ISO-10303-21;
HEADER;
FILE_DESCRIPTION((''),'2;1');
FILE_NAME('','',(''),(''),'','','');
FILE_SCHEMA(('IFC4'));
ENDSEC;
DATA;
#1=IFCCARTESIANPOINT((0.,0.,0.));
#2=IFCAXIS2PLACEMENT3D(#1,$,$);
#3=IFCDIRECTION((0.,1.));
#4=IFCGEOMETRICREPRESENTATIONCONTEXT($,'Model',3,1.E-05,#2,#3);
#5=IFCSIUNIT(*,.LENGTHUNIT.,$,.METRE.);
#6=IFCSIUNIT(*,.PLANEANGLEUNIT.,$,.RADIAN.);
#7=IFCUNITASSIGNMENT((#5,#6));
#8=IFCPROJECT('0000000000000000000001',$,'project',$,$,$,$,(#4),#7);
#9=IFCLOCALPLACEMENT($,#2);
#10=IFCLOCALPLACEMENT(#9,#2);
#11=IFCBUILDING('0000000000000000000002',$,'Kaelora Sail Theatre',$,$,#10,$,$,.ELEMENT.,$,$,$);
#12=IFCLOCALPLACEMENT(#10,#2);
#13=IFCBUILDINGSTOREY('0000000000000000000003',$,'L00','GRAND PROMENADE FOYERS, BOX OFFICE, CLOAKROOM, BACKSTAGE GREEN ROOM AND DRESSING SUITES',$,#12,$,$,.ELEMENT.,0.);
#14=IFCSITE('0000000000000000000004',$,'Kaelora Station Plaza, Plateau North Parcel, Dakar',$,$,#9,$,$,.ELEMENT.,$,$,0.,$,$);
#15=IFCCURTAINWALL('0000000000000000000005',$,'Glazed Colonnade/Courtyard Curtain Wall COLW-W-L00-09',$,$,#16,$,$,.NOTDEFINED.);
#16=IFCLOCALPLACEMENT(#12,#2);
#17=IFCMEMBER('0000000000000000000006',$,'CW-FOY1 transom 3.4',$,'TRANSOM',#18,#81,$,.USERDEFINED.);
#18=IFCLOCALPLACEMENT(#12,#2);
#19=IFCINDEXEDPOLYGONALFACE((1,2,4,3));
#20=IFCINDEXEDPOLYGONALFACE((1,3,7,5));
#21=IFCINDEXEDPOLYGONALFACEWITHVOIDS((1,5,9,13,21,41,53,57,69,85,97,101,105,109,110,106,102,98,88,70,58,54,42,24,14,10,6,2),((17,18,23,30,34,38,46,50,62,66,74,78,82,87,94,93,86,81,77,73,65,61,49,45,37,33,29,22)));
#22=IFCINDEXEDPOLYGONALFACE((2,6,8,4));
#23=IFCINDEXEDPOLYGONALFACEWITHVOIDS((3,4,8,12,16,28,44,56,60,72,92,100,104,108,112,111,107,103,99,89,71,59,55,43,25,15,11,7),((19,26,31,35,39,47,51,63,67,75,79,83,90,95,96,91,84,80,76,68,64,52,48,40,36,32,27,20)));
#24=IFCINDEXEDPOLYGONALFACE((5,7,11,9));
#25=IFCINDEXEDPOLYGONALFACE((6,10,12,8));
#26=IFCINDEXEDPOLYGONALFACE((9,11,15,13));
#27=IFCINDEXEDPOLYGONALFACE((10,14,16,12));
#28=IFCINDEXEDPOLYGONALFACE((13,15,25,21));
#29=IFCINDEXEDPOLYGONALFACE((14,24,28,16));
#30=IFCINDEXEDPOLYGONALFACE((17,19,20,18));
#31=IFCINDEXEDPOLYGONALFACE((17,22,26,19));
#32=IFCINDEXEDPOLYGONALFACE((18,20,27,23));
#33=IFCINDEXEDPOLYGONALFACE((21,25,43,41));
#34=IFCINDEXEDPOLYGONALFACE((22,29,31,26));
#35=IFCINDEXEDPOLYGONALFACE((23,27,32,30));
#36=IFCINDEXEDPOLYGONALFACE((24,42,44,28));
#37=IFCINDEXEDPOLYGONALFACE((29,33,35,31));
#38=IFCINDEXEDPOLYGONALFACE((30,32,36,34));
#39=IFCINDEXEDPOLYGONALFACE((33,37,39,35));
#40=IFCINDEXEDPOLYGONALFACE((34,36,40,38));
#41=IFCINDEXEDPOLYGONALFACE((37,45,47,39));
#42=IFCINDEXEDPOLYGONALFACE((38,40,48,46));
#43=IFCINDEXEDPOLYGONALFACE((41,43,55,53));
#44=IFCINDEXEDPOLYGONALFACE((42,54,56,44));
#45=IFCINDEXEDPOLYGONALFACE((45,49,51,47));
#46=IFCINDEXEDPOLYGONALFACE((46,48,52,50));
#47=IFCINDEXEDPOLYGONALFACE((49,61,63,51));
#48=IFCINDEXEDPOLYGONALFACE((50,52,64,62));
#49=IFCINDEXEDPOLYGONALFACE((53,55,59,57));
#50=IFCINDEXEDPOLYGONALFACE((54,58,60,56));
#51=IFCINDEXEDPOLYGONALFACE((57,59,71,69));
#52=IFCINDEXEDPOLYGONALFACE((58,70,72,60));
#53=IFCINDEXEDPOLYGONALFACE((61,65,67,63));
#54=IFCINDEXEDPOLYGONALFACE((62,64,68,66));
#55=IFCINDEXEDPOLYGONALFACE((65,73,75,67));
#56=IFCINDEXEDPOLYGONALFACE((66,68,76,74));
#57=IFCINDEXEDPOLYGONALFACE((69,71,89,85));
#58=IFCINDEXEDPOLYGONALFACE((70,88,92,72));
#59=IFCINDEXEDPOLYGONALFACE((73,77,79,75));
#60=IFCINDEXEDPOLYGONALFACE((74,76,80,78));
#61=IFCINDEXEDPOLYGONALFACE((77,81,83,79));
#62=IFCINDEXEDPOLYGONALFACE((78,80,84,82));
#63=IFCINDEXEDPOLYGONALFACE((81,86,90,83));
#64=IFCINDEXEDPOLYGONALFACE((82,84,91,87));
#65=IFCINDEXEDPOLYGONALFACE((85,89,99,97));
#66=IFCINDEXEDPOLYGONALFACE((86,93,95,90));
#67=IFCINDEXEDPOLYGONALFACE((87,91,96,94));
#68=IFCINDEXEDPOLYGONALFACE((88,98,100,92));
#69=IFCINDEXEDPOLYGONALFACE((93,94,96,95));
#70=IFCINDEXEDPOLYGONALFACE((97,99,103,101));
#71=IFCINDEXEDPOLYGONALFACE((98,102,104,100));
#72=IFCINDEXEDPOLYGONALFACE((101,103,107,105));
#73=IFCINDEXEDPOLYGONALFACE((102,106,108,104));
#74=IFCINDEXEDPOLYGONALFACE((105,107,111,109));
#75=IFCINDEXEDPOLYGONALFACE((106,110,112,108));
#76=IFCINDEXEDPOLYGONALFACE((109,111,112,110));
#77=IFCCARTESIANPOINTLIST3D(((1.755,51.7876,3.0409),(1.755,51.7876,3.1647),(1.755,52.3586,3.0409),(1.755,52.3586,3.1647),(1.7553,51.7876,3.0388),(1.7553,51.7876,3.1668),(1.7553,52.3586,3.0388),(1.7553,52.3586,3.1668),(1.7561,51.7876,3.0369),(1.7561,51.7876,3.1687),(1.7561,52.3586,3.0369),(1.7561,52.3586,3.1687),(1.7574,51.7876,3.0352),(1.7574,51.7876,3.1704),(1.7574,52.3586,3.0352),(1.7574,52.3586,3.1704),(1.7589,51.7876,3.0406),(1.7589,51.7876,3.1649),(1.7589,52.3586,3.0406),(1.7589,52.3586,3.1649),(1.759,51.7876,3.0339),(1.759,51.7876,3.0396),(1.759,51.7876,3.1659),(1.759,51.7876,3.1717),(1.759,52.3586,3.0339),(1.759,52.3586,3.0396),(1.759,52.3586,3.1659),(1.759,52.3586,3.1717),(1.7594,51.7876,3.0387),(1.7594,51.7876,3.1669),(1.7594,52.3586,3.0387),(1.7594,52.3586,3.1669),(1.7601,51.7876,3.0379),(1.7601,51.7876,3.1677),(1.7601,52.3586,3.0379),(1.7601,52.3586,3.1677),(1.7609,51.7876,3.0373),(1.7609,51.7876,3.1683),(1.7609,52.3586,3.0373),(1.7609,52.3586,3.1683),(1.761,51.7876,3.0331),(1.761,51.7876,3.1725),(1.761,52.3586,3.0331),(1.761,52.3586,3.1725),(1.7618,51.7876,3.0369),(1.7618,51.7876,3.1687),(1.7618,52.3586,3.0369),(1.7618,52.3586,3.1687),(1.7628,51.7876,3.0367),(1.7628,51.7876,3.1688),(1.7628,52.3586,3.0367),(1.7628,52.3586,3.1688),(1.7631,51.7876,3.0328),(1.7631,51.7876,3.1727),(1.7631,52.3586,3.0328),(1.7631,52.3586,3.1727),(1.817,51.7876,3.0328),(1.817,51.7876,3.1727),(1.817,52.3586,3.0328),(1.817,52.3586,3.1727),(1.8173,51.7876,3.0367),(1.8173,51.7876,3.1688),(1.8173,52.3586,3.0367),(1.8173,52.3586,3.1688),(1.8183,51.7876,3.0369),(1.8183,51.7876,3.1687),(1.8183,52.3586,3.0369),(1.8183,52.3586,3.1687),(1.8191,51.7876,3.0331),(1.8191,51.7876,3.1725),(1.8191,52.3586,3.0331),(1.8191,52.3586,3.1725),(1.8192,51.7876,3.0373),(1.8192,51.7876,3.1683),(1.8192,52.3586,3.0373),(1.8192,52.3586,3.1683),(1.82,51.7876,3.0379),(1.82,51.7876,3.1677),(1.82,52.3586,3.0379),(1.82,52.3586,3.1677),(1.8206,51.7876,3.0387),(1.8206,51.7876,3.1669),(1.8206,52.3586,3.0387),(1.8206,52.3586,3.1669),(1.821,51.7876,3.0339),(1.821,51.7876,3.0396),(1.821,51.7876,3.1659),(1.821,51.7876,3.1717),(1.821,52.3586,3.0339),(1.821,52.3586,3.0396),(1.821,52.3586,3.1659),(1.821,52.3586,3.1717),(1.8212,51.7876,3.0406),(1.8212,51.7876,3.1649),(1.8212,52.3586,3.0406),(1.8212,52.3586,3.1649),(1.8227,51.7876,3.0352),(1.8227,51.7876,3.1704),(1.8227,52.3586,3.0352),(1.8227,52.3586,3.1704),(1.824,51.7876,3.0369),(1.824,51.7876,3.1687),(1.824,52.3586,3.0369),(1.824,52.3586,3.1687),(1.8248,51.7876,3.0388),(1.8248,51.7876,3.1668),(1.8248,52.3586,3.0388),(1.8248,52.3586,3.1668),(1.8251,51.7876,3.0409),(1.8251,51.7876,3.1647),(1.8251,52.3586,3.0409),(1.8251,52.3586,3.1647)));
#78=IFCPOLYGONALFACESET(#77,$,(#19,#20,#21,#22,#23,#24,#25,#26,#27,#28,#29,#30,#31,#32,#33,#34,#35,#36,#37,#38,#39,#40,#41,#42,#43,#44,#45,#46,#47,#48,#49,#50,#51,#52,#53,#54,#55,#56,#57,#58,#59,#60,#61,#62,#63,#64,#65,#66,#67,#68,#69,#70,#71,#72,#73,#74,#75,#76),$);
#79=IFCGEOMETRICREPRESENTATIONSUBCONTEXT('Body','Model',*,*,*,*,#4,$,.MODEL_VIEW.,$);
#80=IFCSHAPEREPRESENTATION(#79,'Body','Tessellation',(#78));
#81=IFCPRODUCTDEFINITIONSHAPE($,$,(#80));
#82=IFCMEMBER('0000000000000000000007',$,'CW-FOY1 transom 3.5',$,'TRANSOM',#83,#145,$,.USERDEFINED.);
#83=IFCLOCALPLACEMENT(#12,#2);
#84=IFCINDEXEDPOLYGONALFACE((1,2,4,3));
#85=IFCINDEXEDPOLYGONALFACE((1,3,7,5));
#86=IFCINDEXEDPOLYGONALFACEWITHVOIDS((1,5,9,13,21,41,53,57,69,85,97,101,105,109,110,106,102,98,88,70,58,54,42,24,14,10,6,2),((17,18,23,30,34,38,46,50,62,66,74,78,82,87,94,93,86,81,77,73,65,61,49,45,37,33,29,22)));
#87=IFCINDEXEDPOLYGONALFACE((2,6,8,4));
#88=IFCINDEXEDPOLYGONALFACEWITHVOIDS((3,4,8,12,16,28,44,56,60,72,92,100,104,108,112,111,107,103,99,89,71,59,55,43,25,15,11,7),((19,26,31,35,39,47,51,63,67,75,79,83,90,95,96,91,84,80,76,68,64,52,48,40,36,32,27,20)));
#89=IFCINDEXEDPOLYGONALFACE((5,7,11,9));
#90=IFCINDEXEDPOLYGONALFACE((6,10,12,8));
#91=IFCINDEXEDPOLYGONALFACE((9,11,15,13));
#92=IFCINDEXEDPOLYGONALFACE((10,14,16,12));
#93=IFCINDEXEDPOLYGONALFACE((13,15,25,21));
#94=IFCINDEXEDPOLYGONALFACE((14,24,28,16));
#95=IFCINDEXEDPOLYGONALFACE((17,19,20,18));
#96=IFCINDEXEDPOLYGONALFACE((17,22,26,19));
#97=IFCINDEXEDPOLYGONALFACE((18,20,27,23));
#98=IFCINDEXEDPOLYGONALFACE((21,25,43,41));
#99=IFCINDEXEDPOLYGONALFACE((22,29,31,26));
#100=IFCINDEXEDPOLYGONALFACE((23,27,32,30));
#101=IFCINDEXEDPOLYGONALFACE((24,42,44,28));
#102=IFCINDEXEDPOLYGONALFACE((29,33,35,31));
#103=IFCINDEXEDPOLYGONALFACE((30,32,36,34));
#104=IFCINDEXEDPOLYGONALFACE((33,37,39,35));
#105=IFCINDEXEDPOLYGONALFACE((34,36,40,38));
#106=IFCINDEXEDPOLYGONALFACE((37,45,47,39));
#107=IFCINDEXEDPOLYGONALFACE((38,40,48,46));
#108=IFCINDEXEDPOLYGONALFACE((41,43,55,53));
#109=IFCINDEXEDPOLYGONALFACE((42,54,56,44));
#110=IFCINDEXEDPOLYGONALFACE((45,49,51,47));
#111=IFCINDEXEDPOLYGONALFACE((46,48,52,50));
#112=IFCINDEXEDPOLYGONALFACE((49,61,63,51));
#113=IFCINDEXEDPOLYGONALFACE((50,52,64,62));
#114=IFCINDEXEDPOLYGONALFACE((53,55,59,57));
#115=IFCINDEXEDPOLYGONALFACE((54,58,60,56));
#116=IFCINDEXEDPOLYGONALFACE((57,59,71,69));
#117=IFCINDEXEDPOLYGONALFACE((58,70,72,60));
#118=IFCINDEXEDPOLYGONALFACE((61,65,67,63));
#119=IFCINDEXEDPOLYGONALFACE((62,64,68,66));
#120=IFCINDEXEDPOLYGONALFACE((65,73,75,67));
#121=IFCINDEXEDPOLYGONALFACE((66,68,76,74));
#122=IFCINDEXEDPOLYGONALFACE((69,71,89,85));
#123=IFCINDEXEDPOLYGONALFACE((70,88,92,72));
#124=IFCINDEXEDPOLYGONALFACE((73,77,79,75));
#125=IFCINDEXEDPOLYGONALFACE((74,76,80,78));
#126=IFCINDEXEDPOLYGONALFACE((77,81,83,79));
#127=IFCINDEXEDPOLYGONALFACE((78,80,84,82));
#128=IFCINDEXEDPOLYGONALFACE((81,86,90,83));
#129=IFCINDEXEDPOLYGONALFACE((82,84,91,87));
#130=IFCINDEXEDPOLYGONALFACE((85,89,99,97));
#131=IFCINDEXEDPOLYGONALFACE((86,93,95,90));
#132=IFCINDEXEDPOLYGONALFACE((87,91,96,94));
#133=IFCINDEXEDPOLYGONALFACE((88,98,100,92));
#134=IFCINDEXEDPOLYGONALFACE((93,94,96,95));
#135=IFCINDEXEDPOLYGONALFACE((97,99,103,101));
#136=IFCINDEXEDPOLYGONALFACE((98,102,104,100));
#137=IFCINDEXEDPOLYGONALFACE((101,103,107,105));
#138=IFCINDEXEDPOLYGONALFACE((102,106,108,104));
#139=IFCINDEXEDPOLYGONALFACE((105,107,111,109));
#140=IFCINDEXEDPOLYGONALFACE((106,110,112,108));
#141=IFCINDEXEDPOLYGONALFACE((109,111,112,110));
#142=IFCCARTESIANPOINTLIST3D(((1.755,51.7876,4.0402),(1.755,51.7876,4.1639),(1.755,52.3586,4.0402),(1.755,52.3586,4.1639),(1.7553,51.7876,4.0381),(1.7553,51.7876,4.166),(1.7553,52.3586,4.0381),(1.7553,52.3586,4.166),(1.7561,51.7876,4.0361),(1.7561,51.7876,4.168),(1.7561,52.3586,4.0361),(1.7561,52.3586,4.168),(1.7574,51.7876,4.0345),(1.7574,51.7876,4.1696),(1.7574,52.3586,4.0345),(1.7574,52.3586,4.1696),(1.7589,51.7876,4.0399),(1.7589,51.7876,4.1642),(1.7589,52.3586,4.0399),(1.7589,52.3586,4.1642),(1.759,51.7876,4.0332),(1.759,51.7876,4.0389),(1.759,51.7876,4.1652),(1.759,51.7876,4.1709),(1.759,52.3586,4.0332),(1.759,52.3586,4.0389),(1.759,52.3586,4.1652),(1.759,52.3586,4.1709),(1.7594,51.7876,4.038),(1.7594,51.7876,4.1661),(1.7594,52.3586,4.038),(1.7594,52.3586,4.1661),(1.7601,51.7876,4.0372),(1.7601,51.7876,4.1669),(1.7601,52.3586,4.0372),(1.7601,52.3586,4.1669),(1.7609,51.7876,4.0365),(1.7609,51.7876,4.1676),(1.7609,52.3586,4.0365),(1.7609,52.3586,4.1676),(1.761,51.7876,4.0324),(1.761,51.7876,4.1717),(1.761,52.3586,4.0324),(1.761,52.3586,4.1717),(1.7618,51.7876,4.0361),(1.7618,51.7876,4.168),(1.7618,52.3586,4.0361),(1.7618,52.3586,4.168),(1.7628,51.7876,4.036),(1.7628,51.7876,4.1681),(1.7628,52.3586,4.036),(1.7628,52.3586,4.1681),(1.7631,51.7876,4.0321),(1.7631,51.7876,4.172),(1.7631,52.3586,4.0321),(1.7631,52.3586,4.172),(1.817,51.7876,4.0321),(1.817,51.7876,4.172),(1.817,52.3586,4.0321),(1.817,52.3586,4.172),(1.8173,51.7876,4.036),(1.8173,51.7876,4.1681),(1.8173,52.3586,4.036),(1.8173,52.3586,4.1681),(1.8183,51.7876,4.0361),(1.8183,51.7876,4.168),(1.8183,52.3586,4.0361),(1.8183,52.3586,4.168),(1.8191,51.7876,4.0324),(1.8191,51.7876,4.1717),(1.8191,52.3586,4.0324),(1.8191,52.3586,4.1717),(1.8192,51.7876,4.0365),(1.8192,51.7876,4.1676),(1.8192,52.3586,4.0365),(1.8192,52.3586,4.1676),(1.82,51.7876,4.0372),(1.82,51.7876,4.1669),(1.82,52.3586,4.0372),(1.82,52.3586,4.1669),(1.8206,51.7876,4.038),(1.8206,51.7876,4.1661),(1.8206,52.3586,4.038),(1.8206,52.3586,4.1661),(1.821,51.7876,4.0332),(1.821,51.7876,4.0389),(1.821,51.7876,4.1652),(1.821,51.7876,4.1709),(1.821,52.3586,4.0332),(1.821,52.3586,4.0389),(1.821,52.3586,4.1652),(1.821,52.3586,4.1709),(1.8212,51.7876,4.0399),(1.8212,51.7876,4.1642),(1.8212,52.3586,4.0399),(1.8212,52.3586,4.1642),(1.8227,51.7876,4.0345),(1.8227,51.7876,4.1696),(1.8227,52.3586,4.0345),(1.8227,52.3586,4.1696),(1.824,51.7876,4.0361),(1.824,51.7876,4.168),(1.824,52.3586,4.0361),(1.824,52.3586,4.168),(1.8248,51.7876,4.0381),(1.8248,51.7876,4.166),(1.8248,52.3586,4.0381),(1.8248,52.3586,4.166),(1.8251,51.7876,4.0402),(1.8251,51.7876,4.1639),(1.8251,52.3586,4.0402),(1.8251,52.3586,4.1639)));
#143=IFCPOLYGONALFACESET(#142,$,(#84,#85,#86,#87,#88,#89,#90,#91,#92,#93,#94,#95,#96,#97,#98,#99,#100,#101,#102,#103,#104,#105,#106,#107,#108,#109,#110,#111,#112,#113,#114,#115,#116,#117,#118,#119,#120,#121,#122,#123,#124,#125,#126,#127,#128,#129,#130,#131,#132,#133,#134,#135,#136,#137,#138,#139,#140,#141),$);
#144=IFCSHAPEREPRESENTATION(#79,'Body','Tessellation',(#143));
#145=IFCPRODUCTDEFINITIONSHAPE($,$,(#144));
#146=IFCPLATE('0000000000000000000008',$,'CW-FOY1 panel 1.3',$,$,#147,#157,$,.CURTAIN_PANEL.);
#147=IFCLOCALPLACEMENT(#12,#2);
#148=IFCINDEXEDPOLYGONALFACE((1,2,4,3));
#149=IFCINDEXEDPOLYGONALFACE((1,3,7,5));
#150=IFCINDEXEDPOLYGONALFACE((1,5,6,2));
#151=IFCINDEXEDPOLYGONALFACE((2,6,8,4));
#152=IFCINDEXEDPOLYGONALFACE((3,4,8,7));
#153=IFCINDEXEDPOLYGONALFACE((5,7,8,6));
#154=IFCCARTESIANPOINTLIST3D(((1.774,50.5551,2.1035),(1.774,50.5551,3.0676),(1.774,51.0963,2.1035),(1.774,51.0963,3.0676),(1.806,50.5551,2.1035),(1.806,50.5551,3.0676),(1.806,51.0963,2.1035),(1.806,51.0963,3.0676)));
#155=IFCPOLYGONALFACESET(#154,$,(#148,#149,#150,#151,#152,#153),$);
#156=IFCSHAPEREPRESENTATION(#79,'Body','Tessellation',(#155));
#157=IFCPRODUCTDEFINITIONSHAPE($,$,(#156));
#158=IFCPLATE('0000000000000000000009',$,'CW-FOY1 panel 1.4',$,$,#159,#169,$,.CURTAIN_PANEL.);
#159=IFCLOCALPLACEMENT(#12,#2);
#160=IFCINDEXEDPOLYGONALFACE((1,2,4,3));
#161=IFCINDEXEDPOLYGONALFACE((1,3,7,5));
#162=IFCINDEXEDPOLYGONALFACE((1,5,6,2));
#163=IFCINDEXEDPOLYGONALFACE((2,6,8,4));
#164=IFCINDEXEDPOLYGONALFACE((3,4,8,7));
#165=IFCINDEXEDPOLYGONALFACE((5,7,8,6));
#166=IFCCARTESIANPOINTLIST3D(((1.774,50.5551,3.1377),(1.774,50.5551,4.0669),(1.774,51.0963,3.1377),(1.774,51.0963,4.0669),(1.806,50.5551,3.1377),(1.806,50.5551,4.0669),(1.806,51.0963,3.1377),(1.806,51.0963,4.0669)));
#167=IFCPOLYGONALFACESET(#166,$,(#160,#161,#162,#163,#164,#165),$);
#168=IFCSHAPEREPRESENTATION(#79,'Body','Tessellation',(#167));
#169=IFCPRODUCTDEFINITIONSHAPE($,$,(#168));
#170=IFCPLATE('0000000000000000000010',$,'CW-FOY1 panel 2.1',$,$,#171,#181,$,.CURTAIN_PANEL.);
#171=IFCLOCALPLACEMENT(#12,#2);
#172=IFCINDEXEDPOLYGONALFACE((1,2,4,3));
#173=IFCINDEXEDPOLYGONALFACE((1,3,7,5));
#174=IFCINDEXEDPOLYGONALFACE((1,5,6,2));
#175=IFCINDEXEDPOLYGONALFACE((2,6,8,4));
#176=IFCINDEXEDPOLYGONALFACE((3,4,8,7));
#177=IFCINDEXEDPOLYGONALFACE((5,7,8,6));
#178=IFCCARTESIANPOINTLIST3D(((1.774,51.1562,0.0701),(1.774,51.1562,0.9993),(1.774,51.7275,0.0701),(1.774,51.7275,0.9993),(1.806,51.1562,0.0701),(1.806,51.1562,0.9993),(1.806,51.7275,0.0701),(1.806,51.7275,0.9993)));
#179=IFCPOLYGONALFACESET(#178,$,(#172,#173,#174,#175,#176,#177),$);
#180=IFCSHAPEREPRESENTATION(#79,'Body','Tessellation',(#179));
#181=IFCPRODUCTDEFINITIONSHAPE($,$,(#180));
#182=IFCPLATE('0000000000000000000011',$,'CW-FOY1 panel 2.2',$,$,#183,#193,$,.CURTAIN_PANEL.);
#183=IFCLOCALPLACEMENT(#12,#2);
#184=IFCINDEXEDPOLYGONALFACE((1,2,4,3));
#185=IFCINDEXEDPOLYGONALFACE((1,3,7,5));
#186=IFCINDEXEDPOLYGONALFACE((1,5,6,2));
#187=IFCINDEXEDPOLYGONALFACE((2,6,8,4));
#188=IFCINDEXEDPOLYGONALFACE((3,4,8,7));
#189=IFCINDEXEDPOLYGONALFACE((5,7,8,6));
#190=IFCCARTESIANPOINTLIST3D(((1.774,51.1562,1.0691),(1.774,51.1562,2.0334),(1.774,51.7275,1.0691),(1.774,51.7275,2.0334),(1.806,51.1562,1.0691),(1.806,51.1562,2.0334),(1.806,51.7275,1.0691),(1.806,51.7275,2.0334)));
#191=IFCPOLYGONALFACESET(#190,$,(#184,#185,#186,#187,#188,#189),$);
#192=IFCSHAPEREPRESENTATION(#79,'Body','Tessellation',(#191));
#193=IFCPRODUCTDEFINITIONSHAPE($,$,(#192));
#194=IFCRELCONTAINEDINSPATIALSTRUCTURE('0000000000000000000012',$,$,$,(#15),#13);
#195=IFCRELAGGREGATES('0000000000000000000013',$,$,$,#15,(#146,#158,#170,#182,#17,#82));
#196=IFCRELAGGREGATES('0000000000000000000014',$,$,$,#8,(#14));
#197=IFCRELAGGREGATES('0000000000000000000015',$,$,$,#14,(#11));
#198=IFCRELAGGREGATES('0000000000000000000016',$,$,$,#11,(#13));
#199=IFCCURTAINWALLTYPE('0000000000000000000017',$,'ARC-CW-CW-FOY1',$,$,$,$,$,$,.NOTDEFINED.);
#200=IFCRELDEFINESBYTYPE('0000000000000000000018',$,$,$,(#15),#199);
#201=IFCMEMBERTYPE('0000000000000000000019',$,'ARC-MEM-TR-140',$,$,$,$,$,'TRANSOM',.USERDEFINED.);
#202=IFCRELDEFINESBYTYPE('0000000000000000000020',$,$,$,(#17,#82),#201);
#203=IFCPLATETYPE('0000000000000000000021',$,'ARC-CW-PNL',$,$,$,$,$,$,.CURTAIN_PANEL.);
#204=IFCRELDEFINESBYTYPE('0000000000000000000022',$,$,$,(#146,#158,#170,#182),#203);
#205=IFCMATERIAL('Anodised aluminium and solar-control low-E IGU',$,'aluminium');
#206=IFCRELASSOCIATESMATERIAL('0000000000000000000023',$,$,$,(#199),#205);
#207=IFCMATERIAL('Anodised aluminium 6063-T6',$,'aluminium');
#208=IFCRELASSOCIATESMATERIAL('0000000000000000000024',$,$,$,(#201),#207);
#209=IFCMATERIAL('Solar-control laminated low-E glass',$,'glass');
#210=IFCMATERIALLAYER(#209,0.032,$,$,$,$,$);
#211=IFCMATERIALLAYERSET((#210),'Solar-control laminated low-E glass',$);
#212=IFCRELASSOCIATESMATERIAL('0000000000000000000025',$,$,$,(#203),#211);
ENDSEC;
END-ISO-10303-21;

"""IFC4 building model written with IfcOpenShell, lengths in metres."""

from ifc_helpers import new_model, si_unit, direction, frame, origin, origin_2d, place, context, subcontext, project, spatial, rectangle, hollow_rectangle, extrude, material, layer, layer_set, material_profile, profile_set, type_object, element, aggregate, save


model = new_model("IFC4")

# Units and contexts
model_context = context("Model", 3, precision=1e-05, world=origin(), true_north=direction((0.0, 1.0)))
body_context = subcontext(model_context, "Body", "Model", "MODEL_VIEW")
ifc_project = project(units=[si_unit("LENGTHUNIT", "METRE"), si_unit("PLANEANGLEUNIT", "RADIAN")], contexts=[model_context])

# Site, building, storey
site_placement = place(None, origin())
site = spatial("IfcSite", under=ifc_project, at=site_placement, Name="Kaelora Station Plaza, Plateau North Parcel, Dakar", CompositionType="ELEMENT", RefElevation=0.0)
building_placement = place(site_placement, origin())
building = spatial("IfcBuilding", under=site, at=building_placement, Name="Kaelora Sail Theatre", CompositionType="ELEMENT")
storey_placement = place(building_placement, origin())
storey = spatial("IfcBuildingStorey", under=building, at=storey_placement, Name="L00", Description="GRAND PROMENADE FOYERS, BOX OFFICE, CLOAKROOM, BACKSTAGE GREEN ROOM AND DRESSING SUITES", CompositionType="ELEMENT", Elevation=0.0)

# Curtain wall, members, plates
ifc_material_1 = material(Name="Anodised aluminium and solar-control low-E IGU", Category="aluminium")
curtain_wall_type = type_object("IfcCurtainWallType", Name="ARC-CW-CW-FOY1", PredefinedType="NOTDEFINED", material=ifc_material_1)
curtain_wall_placement = place(storey_placement, origin())
curtain_wall = element("IfcCurtainWall", 1, at=curtain_wall_placement, inside=storey, type_object=curtain_wall_type, Name="Glazed Colonnade/Courtyard Curtain Wall COLW-W-L00-09", PredefinedType="NOTDEFINED")
ifc_material_2 = material(Name="Anodised aluminium 6063-T6", Category="aluminium")
ifc_material_profile_1 = material_profile(ifc_material_2, hollow_rectangle(XDim=0.0701, YDim=0.1399, WallThickness=0.0039, InnerFilletRadius=0.0039, OuterFilletRadius=0.0081, at=origin_2d()), Name="ALU-TRAN 70x140x4")
ifc_profile_set_1 = profile_set([ifc_material_profile_1], Name="Anodised aluminium 6063-T6")
member_type_1 = type_object("IfcMemberType", Name="ARC-MEM-TR-140", ElementType="TRANSOM", PredefinedType="USERDEFINED", material=ifc_profile_set_1)
member_1_placement = place(storey_placement, frame((1.79, 51.7876, 3.1028), z_axis=(0.0, 1.0, 0.0), x_axis=(-1.0, 0.0, 0.0)))
member_1 = element("IfcMember", 2, at=member_1_placement, type_object=member_type_1, Name="CW-FOY1 transom 3.4", ObjectType="TRANSOM", PredefinedType="USERDEFINED", context=body_context, shape_type="SweptSolid", body=[
    extrude(hollow_rectangle(XDim=0.0701, YDim=0.1399, WallThickness=0.0039, InnerFilletRadius=0.0039, OuterFilletRadius=0.0081, at=origin_2d()), origin(), (0.0, 0.0, 1.0), 0.571),
])
member_2_placement = place(storey_placement, frame((1.79, 51.7876, 4.1021), z_axis=(0.0, 1.0, 0.0), x_axis=(-1.0, 0.0, 0.0)))
member_2 = element("IfcMember", 3, at=member_2_placement, type_object=member_type_1, Name="CW-FOY1 transom 3.5", ObjectType="TRANSOM", PredefinedType="USERDEFINED", context=body_context, shape_type="SweptSolid", body=[
    extrude(hollow_rectangle(XDim=0.0701, YDim=0.1399, WallThickness=0.0039, InnerFilletRadius=0.0039, OuterFilletRadius=0.0081, at=origin_2d()), origin(), (0.0, 0.0, 1.0), 0.571),
])
ifc_material_3 = material(Name="Solar-control laminated low-E glass", Category="glass")
ifc_layer = layer(ifc_material_3, 0.032)
ifc_layer_set = layer_set([ifc_layer], Name="Solar-control laminated low-E glass")
plate_type = type_object("IfcPlateType", Name="ARC-CW-PNL", PredefinedType="CURTAIN_PANEL", material=ifc_layer_set)
plate_1_placement = place(storey_placement, frame((1.79, 50.8257, 2.1035), z_axis=(0.0, 0.0, 1.0), x_axis=(0.0, 1.0, 0.0)))
plate_1 = element("IfcPlate", 4, at=plate_1_placement, type_object=plate_type, Name="CW-FOY1 panel 1.3", PredefinedType="CURTAIN_PANEL", context=body_context, shape_type="SweptSolid", body=[
    extrude(rectangle(XDim=0.5413, YDim=0.032, at=origin_2d()), origin(), (0.0, 0.0, 1.0), 0.9641),
])
plate_2_placement = place(storey_placement, frame((1.79, 50.8257, 3.1377), z_axis=(0.0, 0.0, 1.0), x_axis=(0.0, 1.0, 0.0)))
plate_2 = element("IfcPlate", 5, at=plate_2_placement, type_object=plate_type, Name="CW-FOY1 panel 1.4", PredefinedType="CURTAIN_PANEL", context=body_context, shape_type="SweptSolid", body=[
    extrude(rectangle(XDim=0.5413, YDim=0.032, at=origin_2d()), origin(), (0.0, 0.0, 1.0), 0.9292),
])
plate_3_placement = place(storey_placement, frame((1.79, 51.4419, 0.0701), z_axis=(0.0, 0.0, 1.0), x_axis=(0.0, 1.0, 0.0)))
plate_3 = element("IfcPlate", 6, at=plate_3_placement, type_object=plate_type, Name="CW-FOY1 panel 2.1", PredefinedType="CURTAIN_PANEL", context=body_context, shape_type="SweptSolid", body=[
    extrude(rectangle(XDim=0.5713, YDim=0.032, at=origin_2d()), origin(), (0.0, 0.0, 1.0), 0.9292),
])
plate_4_placement = place(storey_placement, frame((1.79, 51.4419, 1.0691), z_axis=(0.0, 0.0, 1.0), x_axis=(0.0, 1.0, 0.0)))
plate_4 = element("IfcPlate", 7, at=plate_4_placement, type_object=plate_type, Name="CW-FOY1 panel 2.2", PredefinedType="CURTAIN_PANEL", context=body_context, shape_type="SweptSolid", body=[
    extrude(rectangle(XDim=0.5713, YDim=0.032, at=origin_2d()), origin(), (0.0, 0.0, 1.0), 0.9644),
])
aggregate(curtain_wall, [plate_1, plate_2, plate_3, plate_4, member_1, member_2])

save(model, "model.ifc")
